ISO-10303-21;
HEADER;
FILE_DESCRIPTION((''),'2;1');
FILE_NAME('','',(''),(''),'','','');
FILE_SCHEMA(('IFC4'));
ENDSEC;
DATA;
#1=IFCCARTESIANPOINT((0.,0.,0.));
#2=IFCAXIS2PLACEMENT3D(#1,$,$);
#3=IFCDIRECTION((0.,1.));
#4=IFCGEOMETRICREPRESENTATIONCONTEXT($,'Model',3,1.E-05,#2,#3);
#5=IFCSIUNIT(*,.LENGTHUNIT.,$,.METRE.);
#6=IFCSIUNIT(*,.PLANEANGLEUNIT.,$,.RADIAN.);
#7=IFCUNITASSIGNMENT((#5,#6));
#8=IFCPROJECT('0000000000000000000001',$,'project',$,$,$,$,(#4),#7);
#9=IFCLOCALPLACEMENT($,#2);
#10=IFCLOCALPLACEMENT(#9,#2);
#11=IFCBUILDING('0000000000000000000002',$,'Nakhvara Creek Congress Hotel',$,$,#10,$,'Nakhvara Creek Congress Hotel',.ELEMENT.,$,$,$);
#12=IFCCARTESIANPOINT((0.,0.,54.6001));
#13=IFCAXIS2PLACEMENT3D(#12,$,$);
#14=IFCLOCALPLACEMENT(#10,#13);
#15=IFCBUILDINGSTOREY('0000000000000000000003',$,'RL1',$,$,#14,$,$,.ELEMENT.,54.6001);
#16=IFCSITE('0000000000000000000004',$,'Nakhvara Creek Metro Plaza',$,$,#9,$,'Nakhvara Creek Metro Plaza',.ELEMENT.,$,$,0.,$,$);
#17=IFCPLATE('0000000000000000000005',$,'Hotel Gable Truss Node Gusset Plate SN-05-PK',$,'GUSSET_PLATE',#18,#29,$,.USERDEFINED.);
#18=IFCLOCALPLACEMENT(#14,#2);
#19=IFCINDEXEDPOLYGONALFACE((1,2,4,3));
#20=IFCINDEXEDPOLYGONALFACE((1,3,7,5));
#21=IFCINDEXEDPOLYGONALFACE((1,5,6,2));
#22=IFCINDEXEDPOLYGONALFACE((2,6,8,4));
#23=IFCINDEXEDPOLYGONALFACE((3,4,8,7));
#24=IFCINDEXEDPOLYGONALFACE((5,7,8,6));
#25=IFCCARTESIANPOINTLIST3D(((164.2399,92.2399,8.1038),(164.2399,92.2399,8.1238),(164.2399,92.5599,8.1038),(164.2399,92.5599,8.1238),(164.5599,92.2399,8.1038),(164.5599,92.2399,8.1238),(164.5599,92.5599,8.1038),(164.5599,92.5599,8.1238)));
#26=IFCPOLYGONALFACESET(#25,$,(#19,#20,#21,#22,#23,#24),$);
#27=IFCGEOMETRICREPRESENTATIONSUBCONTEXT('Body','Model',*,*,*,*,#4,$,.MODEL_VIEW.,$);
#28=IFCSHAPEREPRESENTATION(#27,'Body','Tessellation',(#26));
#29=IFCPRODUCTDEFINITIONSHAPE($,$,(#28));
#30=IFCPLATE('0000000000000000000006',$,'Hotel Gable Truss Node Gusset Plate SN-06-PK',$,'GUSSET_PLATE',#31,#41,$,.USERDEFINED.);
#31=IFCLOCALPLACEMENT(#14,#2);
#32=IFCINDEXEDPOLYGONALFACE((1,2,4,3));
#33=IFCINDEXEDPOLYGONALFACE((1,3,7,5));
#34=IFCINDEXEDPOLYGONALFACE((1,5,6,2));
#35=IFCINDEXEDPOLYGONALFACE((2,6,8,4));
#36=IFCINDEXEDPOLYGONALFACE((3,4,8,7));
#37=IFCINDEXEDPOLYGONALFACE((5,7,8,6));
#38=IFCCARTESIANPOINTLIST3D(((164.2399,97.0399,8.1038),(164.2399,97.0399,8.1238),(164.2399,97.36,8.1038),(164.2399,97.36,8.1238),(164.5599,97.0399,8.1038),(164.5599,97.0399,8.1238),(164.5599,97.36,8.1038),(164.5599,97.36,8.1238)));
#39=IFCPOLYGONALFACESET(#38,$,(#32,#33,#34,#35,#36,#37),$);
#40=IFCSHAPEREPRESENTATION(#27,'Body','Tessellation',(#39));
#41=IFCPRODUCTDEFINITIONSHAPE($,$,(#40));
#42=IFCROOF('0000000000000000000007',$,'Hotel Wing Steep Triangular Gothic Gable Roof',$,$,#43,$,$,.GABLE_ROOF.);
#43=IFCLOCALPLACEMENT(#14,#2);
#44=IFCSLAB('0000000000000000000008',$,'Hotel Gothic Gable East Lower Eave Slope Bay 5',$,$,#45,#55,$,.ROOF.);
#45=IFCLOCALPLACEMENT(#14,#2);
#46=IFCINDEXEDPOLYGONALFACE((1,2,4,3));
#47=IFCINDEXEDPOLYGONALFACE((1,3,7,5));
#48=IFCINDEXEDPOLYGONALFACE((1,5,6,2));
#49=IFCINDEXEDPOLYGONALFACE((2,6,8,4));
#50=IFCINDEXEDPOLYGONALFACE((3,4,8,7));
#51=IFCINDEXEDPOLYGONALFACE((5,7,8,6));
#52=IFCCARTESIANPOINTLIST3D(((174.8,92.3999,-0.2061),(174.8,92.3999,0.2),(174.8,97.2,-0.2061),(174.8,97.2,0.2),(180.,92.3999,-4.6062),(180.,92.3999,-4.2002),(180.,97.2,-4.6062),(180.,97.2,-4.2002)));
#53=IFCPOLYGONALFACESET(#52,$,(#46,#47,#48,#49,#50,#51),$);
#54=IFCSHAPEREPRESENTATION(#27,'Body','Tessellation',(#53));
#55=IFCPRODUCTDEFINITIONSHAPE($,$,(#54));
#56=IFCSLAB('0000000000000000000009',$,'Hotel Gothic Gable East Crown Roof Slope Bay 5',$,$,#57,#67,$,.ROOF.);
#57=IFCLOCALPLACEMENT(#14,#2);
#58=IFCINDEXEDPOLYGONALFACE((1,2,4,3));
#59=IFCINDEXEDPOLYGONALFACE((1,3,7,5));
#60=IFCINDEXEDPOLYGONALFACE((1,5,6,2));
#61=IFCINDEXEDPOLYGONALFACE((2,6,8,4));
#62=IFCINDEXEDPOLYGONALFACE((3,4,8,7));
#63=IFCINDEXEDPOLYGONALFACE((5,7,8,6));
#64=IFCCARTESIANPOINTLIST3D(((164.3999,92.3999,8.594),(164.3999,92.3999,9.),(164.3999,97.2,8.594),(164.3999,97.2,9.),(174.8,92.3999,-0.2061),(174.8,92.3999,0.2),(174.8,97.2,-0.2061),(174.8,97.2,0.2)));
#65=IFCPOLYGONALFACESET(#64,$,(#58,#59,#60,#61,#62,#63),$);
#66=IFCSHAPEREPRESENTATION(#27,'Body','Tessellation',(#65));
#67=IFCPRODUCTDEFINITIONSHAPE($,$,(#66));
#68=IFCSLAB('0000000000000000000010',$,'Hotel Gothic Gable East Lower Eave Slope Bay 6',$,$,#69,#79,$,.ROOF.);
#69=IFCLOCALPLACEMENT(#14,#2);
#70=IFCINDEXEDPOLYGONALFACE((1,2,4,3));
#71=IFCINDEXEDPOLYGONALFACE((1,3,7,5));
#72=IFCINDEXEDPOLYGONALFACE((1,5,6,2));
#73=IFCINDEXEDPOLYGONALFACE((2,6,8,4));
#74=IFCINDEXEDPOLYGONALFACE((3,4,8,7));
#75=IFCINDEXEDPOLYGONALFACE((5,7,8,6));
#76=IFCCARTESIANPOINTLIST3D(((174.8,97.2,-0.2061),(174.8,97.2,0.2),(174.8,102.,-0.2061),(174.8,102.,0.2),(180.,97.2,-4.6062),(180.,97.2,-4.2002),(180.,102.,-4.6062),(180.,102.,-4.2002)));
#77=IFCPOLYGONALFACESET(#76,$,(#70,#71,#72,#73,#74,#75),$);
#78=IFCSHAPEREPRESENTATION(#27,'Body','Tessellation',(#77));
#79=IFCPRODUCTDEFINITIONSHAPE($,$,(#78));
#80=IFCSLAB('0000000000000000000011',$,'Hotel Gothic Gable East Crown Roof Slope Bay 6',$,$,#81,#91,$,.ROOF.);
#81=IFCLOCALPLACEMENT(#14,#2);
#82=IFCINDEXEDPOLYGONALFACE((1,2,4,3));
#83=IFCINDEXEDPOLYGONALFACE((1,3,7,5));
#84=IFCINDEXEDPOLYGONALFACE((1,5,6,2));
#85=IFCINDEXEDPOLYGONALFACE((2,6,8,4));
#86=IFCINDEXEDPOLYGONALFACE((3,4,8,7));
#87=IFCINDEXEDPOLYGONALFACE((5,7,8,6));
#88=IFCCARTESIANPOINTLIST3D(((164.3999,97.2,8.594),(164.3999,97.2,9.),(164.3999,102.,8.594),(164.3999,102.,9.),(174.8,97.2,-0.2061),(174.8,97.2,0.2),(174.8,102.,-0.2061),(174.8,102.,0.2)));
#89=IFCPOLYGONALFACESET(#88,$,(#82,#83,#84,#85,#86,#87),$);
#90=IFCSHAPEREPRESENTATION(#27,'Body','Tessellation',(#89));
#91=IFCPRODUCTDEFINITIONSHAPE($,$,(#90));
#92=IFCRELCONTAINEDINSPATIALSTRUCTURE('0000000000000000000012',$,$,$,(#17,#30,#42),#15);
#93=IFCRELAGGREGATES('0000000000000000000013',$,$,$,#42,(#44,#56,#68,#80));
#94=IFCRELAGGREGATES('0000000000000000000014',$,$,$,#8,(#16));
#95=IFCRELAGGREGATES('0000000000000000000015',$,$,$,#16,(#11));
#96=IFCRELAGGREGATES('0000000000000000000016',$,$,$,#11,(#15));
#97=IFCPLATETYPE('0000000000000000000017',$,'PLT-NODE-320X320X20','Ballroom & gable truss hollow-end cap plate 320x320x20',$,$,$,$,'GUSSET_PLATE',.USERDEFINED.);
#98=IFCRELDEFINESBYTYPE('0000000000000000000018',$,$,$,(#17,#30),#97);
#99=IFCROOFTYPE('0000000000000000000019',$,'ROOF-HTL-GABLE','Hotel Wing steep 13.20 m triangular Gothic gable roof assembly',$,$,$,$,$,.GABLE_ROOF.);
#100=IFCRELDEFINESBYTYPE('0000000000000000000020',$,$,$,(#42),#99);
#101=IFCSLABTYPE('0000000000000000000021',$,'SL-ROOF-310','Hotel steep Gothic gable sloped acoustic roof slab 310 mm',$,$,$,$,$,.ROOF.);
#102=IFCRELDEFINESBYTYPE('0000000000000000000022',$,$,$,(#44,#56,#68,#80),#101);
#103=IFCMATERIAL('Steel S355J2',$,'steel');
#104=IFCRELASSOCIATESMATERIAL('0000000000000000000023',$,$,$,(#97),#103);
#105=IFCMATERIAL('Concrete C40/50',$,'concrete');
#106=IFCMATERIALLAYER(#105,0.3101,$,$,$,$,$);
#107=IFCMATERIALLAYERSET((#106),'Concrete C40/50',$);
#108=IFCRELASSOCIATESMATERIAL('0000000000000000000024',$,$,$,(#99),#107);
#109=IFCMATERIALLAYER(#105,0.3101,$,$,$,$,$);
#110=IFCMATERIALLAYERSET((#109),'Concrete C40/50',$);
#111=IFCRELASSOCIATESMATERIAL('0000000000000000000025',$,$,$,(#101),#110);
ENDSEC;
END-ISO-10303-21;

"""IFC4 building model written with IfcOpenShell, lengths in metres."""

from ifc_helpers import new_model, si_unit, direction, frame, origin, origin_2d, place, context, subcontext, project, spatial, polyline, rectangle, outline, extrude, material, layer, layer_set, type_object, element, aggregate, save


model = new_model("IFC4")

# Units and contexts
model_context = context("Model", 3, precision=1e-05, world=origin(), true_north=direction((0.0, 1.0)))
body_context = subcontext(model_context, "Body", "Model", "MODEL_VIEW")
ifc_project = project(units=[si_unit("LENGTHUNIT", "METRE"), si_unit("PLANEANGLEUNIT", "RADIAN")], contexts=[model_context])

# Site, building, storey
site_placement = place(None, origin())
site = spatial("IfcSite", under=ifc_project, at=site_placement, Name="Nakhvara Creek Metro Plaza", LongName="Nakhvara Creek Metro Plaza", CompositionType="ELEMENT", RefElevation=0.0)
building_placement = place(site_placement, origin())
building = spatial("IfcBuilding", under=site, at=building_placement, Name="Nakhvara Creek Congress Hotel", LongName="Nakhvara Creek Congress Hotel", CompositionType="ELEMENT")
storey_placement = place(building_placement, frame((0.0, 0.0, 54.6001)))
storey = spatial("IfcBuildingStorey", under=building, at=storey_placement, Name="RL1", CompositionType="ELEMENT", Elevation=54.6001)

# Shared definitions
ifc_material_1 = material(Name="Steel S355J2", Category="steel")

# Plates
plate_type_1 = type_object("IfcPlateType", Name="PLT-NODE-320X320X20", Description="Ballroom & gable truss hollow-end cap plate 320x320x20", ElementType="GUSSET_PLATE", PredefinedType="USERDEFINED", material=ifc_material_1)
for number, where, z_axis, x_axis, name in (
    (1, (164.3999, 92.3999, 8.1038), (0.0, 0.0, 1.0), (1.0, 0.0, 0.0), "Hotel Gable Truss Node Gusset Plate SN-05-PK"),
    (2, (164.3999, 97.2, 8.1038), (0.0, 0.0, 1.0), (1.0, 0.0, 0.0), "Hotel Gable Truss Node Gusset Plate SN-06-PK"),
):
    element("IfcPlate", number, at=place(storey_placement, frame(where, z_axis=z_axis, x_axis=x_axis)), inside=storey, type_object=plate_type_1, Name=name, ObjectType="GUSSET_PLATE", PredefinedType="USERDEFINED", context=body_context, shape_type="SweptSolid", body=[
        extrude(rectangle(XDim=0.3201, YDim=0.3201, at=origin_2d()), origin(), (0.0, 0.0, 1.0), 0.02),
    ])

# Roof, slabs
ifc_material_2 = material(Name="Concrete C40/50", Category="concrete")
ifc_layer_1 = layer(ifc_material_2, 0.3101)
ifc_layer_set_1 = layer_set([ifc_layer_1], Name="Concrete C40/50")
roof_type = type_object("IfcRoofType", Name="ROOF-HTL-GABLE", Description="Hotel Wing steep 13.20 m triangular Gothic gable roof assembly", PredefinedType="GABLE_ROOF", material=ifc_layer_set_1)
roof_placement = place(storey_placement, origin())
roof = element("IfcRoof", 3, at=roof_placement, inside=storey, type_object=roof_type, Name="Hotel Wing Steep Triangular Gothic Gable Roof", PredefinedType="GABLE_ROOF")
ifc_layer_2 = layer(ifc_material_2, 0.3101)
ifc_layer_set_2 = layer_set([ifc_layer_2], Name="Concrete C40/50")
slab_type = type_object("IfcSlabType", Name="SL-ROOF-310", Description="Hotel steep Gothic gable sloped acoustic roof slab 310 mm", PredefinedType="ROOF", material=ifc_layer_set_2)
slab_1_placement = place(storey_placement, frame((174.8, 92.3999, 0.2), z_axis=(0.0, 0.0, 1.0), x_axis=(1.0, 0.0, 0.0)))
slab_1 = element("IfcSlab", 4, at=slab_1_placement, type_object=slab_type, Name="Hotel Gothic Gable East Lower Eave Slope Bay 5", PredefinedType="ROOF", context=body_context, shape_type="SweptSolid", body=[
    extrude(outline(polyline([(0.0, 0.0), (5.2, -4.4001), (5.2, -4.8062), (0.0, -0.406), (0.0, 0.0)])), frame((0.0, 4.8, 0.0), z_axis=(0.0, -1.0, 0.0), x_axis=(1.0, 0.0, 0.0)), (0.0, 0.0, 1.0), 4.8),
])
slab_2_placement = place(storey_placement, frame((164.3999, 92.3999, 9.0), z_axis=(0.0, 0.0, 1.0), x_axis=(1.0, 0.0, 0.0)))
slab_2 = element("IfcSlab", 5, at=slab_2_placement, type_object=slab_type, Name="Hotel Gothic Gable East Crown Roof Slope Bay 5", PredefinedType="ROOF", context=body_context, shape_type="SweptSolid", body=[
    extrude(outline(polyline([(0.0, 0.0), (10.4001, -8.8), (10.4001, -9.2061), (0.0, -0.406), (0.0, 0.0)])), frame((0.0, 4.8, 0.0), z_axis=(0.0, -1.0, 0.0), x_axis=(1.0, 0.0, 0.0)), (0.0, 0.0, 1.0), 4.8),
])
slab_3_placement = place(storey_placement, frame((174.8, 97.2, 0.2), z_axis=(0.0, 0.0, 1.0), x_axis=(1.0, 0.0, 0.0)))
slab_3 = element("IfcSlab", 6, at=slab_3_placement, type_object=slab_type, Name="Hotel Gothic Gable East Lower Eave Slope Bay 6", PredefinedType="ROOF", context=body_context, shape_type="SweptSolid", body=[
    extrude(outline(polyline([(0.0, 0.0), (5.2, -4.4001), (5.2, -4.8062), (0.0, -0.406), (0.0, 0.0)])), frame((0.0, 4.8, 0.0), z_axis=(0.0, -1.0, 0.0), x_axis=(1.0, 0.0, 0.0)), (0.0, 0.0, 1.0), 4.8),
])
slab_4_placement = place(storey_placement, frame((164.3999, 97.2, 9.0), z_axis=(0.0, 0.0, 1.0), x_axis=(1.0, 0.0, 0.0)))
slab_4 = element("IfcSlab", 7, at=slab_4_placement, type_object=slab_type, Name="Hotel Gothic Gable East Crown Roof Slope Bay 6", PredefinedType="ROOF", context=body_context, shape_type="SweptSolid", body=[
    extrude(outline(polyline([(0.0, 0.0), (10.4001, -8.8), (10.4001, -9.2061), (0.0, -0.406), (0.0, 0.0)])), frame((0.0, 4.8, 0.0), z_axis=(0.0, -1.0, 0.0), x_axis=(1.0, 0.0, 0.0)), (0.0, 0.0, 1.0), 4.8),
])
aggregate(roof, [slab_1, slab_2, slab_3, slab_4])

save(model, "model.ifc")
